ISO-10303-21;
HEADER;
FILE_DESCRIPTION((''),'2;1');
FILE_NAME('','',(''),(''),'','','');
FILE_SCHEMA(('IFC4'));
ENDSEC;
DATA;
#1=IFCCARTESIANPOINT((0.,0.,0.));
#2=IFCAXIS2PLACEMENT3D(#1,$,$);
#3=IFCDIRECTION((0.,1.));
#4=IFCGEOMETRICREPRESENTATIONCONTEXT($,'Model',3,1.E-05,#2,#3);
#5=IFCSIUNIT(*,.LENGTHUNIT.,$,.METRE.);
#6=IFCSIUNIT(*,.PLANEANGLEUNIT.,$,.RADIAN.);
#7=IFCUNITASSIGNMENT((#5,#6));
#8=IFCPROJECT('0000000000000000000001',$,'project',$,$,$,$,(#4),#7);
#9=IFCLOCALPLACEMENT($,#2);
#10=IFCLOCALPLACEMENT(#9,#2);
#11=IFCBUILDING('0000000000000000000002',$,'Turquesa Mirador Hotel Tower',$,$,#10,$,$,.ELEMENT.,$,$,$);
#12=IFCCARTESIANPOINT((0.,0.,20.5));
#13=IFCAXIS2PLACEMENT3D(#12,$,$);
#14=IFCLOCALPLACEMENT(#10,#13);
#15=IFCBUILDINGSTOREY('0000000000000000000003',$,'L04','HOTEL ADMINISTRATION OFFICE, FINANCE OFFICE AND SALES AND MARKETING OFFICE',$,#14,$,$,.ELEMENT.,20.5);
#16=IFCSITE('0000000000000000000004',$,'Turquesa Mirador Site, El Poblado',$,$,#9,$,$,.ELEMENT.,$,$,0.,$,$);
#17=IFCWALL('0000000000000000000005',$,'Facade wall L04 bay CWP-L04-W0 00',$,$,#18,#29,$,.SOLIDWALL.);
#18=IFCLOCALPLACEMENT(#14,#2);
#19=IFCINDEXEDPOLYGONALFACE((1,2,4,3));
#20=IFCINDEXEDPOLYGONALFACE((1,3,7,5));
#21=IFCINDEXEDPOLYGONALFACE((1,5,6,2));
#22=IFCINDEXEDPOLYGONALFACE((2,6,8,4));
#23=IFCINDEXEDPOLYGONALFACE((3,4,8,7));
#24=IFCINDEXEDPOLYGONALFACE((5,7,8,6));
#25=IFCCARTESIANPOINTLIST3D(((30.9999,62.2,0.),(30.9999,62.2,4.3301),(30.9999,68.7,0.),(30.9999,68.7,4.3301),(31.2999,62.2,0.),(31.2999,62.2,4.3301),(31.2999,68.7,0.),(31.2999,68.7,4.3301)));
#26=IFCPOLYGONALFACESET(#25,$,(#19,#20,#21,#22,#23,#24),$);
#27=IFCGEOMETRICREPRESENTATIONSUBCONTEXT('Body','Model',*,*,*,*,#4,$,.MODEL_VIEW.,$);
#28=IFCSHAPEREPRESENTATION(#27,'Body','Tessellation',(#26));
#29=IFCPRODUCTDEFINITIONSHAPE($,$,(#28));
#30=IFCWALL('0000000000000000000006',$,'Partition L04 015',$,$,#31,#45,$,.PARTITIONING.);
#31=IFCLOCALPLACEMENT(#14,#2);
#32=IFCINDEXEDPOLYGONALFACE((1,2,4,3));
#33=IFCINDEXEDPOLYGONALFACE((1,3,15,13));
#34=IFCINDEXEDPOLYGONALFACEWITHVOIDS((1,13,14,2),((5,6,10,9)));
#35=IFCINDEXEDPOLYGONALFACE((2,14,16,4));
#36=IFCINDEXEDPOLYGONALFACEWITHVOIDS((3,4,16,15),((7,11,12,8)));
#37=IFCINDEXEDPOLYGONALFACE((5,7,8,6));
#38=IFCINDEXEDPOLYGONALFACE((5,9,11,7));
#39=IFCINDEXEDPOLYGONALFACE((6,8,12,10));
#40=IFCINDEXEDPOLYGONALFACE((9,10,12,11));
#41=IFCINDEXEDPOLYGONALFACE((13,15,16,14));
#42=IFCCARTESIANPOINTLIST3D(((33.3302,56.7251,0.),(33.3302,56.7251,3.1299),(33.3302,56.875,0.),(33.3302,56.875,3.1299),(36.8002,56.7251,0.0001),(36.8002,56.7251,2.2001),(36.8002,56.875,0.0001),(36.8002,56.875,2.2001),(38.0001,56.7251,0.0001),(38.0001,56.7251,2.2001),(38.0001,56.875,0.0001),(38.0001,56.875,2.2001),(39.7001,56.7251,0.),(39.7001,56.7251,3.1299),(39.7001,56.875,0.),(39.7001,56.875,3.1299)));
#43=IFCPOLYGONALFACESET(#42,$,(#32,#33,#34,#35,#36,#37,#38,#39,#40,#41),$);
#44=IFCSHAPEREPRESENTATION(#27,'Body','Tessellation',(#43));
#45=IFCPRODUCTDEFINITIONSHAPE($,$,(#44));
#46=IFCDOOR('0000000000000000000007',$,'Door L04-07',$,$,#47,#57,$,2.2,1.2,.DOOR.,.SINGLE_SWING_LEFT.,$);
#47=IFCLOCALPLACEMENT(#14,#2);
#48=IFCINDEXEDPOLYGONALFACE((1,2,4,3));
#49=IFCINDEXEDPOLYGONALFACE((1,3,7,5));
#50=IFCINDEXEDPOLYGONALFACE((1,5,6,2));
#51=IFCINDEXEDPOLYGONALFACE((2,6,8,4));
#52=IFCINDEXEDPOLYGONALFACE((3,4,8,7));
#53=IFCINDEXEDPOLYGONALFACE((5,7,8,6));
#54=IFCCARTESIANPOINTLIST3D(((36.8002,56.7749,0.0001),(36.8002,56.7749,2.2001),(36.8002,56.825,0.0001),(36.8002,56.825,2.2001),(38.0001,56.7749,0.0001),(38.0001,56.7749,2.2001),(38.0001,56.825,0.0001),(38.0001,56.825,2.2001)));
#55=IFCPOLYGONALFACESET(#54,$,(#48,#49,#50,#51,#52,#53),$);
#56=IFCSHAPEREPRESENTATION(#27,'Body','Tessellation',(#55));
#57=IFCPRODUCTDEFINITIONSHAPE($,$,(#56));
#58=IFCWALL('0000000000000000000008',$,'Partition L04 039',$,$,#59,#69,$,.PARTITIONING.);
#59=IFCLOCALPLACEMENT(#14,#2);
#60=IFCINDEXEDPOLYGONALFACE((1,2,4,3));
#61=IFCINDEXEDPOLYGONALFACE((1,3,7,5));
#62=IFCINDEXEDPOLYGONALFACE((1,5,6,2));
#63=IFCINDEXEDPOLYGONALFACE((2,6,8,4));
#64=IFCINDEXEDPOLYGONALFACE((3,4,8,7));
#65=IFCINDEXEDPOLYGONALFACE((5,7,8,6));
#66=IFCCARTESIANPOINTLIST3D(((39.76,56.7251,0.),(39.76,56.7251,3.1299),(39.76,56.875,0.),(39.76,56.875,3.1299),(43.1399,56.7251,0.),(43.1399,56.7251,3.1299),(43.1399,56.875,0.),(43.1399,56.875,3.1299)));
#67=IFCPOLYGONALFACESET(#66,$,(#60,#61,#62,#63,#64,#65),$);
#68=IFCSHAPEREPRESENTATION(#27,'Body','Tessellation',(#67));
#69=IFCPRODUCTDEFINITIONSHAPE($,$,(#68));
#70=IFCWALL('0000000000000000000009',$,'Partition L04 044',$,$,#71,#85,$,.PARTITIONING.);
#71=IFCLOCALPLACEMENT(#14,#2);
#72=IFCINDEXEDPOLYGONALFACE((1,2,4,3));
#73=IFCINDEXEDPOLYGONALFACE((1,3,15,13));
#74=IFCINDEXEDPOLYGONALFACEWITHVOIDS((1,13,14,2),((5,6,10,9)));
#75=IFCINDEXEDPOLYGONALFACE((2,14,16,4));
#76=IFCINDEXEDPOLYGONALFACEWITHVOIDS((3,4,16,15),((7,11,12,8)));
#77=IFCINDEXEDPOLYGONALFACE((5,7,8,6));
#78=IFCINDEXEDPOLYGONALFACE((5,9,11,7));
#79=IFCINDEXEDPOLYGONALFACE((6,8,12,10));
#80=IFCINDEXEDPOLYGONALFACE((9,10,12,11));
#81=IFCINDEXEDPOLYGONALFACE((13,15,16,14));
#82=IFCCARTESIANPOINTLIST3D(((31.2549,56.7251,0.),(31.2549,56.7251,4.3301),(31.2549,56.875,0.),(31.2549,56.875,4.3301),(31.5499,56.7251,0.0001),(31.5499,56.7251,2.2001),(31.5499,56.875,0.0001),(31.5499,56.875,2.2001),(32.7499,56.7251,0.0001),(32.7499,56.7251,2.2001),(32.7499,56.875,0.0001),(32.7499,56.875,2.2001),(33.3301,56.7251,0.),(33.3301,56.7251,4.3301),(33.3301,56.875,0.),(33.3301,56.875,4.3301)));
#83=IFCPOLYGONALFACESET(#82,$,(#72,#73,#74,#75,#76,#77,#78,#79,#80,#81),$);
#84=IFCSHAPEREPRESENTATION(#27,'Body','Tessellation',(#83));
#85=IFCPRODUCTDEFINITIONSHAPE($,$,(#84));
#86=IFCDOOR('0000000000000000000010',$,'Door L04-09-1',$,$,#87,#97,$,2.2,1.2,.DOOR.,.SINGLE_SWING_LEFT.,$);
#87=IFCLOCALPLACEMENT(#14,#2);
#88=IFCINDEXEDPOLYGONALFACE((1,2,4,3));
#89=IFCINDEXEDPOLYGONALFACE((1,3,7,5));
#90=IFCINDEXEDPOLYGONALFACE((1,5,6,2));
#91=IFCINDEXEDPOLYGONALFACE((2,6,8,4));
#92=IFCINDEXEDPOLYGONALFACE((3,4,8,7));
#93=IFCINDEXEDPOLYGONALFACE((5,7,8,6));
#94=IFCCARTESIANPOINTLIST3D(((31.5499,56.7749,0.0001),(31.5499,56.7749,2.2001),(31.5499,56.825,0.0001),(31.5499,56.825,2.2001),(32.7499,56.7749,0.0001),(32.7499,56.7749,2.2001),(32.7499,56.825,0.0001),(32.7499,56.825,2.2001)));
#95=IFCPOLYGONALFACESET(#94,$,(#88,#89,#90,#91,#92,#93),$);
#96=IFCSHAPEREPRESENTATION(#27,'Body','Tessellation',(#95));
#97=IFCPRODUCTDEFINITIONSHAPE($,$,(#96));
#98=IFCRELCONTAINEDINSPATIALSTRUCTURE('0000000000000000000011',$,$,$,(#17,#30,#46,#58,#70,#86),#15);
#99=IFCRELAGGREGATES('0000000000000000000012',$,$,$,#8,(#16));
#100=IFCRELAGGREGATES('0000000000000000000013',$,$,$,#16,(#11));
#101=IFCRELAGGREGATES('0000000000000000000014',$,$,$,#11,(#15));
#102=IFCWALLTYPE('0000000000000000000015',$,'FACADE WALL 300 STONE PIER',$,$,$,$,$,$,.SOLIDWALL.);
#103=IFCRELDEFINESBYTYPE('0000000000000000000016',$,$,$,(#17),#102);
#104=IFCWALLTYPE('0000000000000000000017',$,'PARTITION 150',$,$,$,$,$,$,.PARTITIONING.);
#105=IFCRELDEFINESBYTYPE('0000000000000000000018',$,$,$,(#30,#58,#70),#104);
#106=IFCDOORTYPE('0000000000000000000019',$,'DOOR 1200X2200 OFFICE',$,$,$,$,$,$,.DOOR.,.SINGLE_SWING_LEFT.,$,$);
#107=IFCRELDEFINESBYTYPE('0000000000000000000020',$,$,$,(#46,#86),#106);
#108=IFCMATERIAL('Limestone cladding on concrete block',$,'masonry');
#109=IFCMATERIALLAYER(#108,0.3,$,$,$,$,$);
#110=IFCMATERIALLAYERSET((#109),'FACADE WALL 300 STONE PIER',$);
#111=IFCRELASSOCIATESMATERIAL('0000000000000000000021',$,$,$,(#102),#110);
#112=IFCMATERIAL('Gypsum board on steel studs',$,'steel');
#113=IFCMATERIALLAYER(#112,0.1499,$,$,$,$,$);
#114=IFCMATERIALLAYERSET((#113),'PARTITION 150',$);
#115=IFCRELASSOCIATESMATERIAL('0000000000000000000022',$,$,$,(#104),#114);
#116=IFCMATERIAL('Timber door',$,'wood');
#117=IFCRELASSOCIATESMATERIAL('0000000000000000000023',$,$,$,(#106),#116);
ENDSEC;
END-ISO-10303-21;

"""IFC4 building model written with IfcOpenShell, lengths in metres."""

from ifc_helpers import new_model, si_unit, direction, frame, frame_2d, origin, place, context, subcontext, project, spatial, rectangle, extrude, material, layer, layer_set, type_object, element, fill, save


model = new_model("IFC4")

# Units and contexts
model_context = context("Model", 3, precision=1e-05, world=origin(), true_north=direction((0.0, 1.0)))
body_context = subcontext(model_context, "Body", "Model", "MODEL_VIEW")
ifc_project = project(units=[si_unit("LENGTHUNIT", "METRE"), si_unit("PLANEANGLEUNIT", "RADIAN")], contexts=[model_context])

# Site, building, storey
site_placement = place(None, origin())
site = spatial("IfcSite", under=ifc_project, at=site_placement, Name="Turquesa Mirador Site, El Poblado", CompositionType="ELEMENT", RefElevation=0.0)
building_placement = place(site_placement, origin())
building = spatial("IfcBuilding", under=site, at=building_placement, Name="Turquesa Mirador Hotel Tower", CompositionType="ELEMENT")
storey_placement = place(building_placement, frame((0.0, 0.0, 20.5)))
storey = spatial("IfcBuildingStorey", under=building, at=storey_placement, Name="L04", Description="HOTEL ADMINISTRATION OFFICE, FINANCE OFFICE AND SALES AND MARKETING OFFICE", CompositionType="ELEMENT", Elevation=20.5)

# Wall
ifc_material_1 = material(Name="Limestone cladding on concrete block", Category="masonry")
ifc_layer_1 = layer(ifc_material_1, 0.3)
ifc_layer_set_1 = layer_set([ifc_layer_1], Name="FACADE WALL 300 STONE PIER")
wall_type_1 = type_object("IfcWallType", Name="FACADE WALL 300 STONE PIER", PredefinedType="SOLIDWALL", material=ifc_layer_set_1)
wall_1_placement = place(storey_placement, frame((31.1499, 68.7, 0.0), z_axis=(0.0, 0.0, 1.0), x_axis=(0.0, -1.0, 0.0)))
element("IfcWall", 1, at=wall_1_placement, inside=storey, type_object=wall_type_1, Name="Facade wall L04 bay CWP-L04-W0 00", PredefinedType="SOLIDWALL", context=body_context, shape_type="SweptSolid", body=[
    extrude(rectangle(XDim=6.5, YDim=0.3, at=frame_2d((3.25, 0.0))), origin(), (0.0, 0.0, 1.0), 4.3301),
])

# Wall, opening, door
ifc_material_2 = material(Name="Gypsum board on steel studs", Category="steel")
ifc_layer_2 = layer(ifc_material_2, 0.1499)
ifc_layer_set_2 = layer_set([ifc_layer_2], Name="PARTITION 150")
wall_type_2 = type_object("IfcWallType", Name="PARTITION 150", PredefinedType="PARTITIONING", material=ifc_layer_set_2)
wall_2_placement = place(storey_placement, frame((33.3301, 56.8, 0.0), z_axis=(0.0, 0.0, 1.0), x_axis=(1.0, 0.0, 0.0)))
wall_2 = element("IfcWall", 2, at=wall_2_placement, inside=storey, type_object=wall_type_2, Name="Partition L04 015", PredefinedType="PARTITIONING", context=body_context, shape_type="SweptSolid", body=[
    extrude(rectangle(XDim=6.3699, YDim=0.1499, at=frame_2d((3.1851, 0.0))), origin(), (0.0, 0.0, 1.0), 3.1299),
])
opening_1_placement = place(wall_2_placement, frame((3.47, 0.0, 0.0)))
opening_1 = element("IfcOpeningElement", 3, at=opening_1_placement, cuts=wall_2, PredefinedType="OPENING", context=body_context, shape_type="SweptSolid", body=[
    extrude(rectangle(XDim=1.2, YDim=2.2, at=frame_2d((0.6001, 1.1001))), frame((0.0, 0.085, 0.0), z_axis=(0.0, -1.0, 0.0), x_axis=(1.0, 0.0, 0.0)), (0.0, 0.0, 1.0), 0.1699),
])
ifc_material_3 = material(Name="Timber door", Category="wood")
door_type_1 = type_object("IfcDoorType", Name="DOOR 1200X2200 OFFICE", OperationType="SINGLE_SWING_LEFT", PredefinedType="DOOR", material=ifc_material_3)
door_1_placement = place(opening_1_placement, origin())
door_1 = element("IfcDoor", 4, at=door_1_placement, inside=storey, type_object=door_type_1, Name="Door L04-07", OperationType="SINGLE_SWING_LEFT", OverallHeight=2.2, OverallWidth=1.2, PredefinedType="DOOR", context=body_context, shape_type="SweptSolid", body=[
    extrude(rectangle(XDim=1.2, YDim=2.2, at=frame_2d((0.6001, 1.1001))), frame((0.0, 0.0249, 0.0), z_axis=(0.0, -1.0, 0.0), x_axis=(1.0, 0.0, 0.0)), (0.0, 0.0, 1.0), 0.05),
])
fill(opening_1, door_1)

# Wall
wall_3_placement = place(storey_placement, frame((39.76, 56.8, 0.0), z_axis=(0.0, 0.0, 1.0), x_axis=(1.0, 0.0, 0.0)))
element("IfcWall", 5, at=wall_3_placement, inside=storey, type_object=wall_type_2, Name="Partition L04 039", PredefinedType="PARTITIONING", context=body_context, shape_type="SweptSolid", body=[
    extrude(rectangle(XDim=3.3799, YDim=0.1499, at=frame_2d((1.6899, 0.0))), origin(), (0.0, 0.0, 1.0), 3.1299),
])

# Wall, opening, door
wall_4_placement = place(storey_placement, frame((31.2549, 56.8, 0.0), z_axis=(0.0, 0.0, 1.0), x_axis=(1.0, 0.0, 0.0)))
wall_4 = element("IfcWall", 6, at=wall_4_placement, inside=storey, type_object=wall_type_2, Name="Partition L04 044", PredefinedType="PARTITIONING", context=body_context, shape_type="SweptSolid", body=[
    extrude(rectangle(XDim=2.0752, YDim=0.1499, at=frame_2d((1.0376, 0.0))), origin(), (0.0, 0.0, 1.0), 4.3301),
])
opening_2_placement = place(wall_4_placement, frame((0.2949, 0.0, 0.0)))
opening_2 = element("IfcOpeningElement", 7, at=opening_2_placement, cuts=wall_4, PredefinedType="OPENING", context=body_context, shape_type="SweptSolid", body=[
    extrude(rectangle(XDim=1.2, YDim=2.2, at=frame_2d((0.6001, 1.1001))), frame((0.0, 0.085, 0.0), z_axis=(0.0, -1.0, 0.0), x_axis=(1.0, 0.0, 0.0)), (0.0, 0.0, 1.0), 0.1699),
])
door_2_placement = place(opening_2_placement, origin())
door_2 = element("IfcDoor", 8, at=door_2_placement, inside=storey, type_object=door_type_1, Name="Door L04-09-1", OperationType="SINGLE_SWING_LEFT", OverallHeight=2.2, OverallWidth=1.2, PredefinedType="DOOR", context=body_context, shape_type="SweptSolid", body=[
    extrude(rectangle(XDim=1.2, YDim=2.2, at=frame_2d((0.6001, 1.1001))), frame((0.0, 0.0249, 0.0), z_axis=(0.0, -1.0, 0.0), x_axis=(1.0, 0.0, 0.0)), (0.0, 0.0, 1.0), 0.05),
])
fill(opening_2, door_2)

save(model, "model.ifc")
